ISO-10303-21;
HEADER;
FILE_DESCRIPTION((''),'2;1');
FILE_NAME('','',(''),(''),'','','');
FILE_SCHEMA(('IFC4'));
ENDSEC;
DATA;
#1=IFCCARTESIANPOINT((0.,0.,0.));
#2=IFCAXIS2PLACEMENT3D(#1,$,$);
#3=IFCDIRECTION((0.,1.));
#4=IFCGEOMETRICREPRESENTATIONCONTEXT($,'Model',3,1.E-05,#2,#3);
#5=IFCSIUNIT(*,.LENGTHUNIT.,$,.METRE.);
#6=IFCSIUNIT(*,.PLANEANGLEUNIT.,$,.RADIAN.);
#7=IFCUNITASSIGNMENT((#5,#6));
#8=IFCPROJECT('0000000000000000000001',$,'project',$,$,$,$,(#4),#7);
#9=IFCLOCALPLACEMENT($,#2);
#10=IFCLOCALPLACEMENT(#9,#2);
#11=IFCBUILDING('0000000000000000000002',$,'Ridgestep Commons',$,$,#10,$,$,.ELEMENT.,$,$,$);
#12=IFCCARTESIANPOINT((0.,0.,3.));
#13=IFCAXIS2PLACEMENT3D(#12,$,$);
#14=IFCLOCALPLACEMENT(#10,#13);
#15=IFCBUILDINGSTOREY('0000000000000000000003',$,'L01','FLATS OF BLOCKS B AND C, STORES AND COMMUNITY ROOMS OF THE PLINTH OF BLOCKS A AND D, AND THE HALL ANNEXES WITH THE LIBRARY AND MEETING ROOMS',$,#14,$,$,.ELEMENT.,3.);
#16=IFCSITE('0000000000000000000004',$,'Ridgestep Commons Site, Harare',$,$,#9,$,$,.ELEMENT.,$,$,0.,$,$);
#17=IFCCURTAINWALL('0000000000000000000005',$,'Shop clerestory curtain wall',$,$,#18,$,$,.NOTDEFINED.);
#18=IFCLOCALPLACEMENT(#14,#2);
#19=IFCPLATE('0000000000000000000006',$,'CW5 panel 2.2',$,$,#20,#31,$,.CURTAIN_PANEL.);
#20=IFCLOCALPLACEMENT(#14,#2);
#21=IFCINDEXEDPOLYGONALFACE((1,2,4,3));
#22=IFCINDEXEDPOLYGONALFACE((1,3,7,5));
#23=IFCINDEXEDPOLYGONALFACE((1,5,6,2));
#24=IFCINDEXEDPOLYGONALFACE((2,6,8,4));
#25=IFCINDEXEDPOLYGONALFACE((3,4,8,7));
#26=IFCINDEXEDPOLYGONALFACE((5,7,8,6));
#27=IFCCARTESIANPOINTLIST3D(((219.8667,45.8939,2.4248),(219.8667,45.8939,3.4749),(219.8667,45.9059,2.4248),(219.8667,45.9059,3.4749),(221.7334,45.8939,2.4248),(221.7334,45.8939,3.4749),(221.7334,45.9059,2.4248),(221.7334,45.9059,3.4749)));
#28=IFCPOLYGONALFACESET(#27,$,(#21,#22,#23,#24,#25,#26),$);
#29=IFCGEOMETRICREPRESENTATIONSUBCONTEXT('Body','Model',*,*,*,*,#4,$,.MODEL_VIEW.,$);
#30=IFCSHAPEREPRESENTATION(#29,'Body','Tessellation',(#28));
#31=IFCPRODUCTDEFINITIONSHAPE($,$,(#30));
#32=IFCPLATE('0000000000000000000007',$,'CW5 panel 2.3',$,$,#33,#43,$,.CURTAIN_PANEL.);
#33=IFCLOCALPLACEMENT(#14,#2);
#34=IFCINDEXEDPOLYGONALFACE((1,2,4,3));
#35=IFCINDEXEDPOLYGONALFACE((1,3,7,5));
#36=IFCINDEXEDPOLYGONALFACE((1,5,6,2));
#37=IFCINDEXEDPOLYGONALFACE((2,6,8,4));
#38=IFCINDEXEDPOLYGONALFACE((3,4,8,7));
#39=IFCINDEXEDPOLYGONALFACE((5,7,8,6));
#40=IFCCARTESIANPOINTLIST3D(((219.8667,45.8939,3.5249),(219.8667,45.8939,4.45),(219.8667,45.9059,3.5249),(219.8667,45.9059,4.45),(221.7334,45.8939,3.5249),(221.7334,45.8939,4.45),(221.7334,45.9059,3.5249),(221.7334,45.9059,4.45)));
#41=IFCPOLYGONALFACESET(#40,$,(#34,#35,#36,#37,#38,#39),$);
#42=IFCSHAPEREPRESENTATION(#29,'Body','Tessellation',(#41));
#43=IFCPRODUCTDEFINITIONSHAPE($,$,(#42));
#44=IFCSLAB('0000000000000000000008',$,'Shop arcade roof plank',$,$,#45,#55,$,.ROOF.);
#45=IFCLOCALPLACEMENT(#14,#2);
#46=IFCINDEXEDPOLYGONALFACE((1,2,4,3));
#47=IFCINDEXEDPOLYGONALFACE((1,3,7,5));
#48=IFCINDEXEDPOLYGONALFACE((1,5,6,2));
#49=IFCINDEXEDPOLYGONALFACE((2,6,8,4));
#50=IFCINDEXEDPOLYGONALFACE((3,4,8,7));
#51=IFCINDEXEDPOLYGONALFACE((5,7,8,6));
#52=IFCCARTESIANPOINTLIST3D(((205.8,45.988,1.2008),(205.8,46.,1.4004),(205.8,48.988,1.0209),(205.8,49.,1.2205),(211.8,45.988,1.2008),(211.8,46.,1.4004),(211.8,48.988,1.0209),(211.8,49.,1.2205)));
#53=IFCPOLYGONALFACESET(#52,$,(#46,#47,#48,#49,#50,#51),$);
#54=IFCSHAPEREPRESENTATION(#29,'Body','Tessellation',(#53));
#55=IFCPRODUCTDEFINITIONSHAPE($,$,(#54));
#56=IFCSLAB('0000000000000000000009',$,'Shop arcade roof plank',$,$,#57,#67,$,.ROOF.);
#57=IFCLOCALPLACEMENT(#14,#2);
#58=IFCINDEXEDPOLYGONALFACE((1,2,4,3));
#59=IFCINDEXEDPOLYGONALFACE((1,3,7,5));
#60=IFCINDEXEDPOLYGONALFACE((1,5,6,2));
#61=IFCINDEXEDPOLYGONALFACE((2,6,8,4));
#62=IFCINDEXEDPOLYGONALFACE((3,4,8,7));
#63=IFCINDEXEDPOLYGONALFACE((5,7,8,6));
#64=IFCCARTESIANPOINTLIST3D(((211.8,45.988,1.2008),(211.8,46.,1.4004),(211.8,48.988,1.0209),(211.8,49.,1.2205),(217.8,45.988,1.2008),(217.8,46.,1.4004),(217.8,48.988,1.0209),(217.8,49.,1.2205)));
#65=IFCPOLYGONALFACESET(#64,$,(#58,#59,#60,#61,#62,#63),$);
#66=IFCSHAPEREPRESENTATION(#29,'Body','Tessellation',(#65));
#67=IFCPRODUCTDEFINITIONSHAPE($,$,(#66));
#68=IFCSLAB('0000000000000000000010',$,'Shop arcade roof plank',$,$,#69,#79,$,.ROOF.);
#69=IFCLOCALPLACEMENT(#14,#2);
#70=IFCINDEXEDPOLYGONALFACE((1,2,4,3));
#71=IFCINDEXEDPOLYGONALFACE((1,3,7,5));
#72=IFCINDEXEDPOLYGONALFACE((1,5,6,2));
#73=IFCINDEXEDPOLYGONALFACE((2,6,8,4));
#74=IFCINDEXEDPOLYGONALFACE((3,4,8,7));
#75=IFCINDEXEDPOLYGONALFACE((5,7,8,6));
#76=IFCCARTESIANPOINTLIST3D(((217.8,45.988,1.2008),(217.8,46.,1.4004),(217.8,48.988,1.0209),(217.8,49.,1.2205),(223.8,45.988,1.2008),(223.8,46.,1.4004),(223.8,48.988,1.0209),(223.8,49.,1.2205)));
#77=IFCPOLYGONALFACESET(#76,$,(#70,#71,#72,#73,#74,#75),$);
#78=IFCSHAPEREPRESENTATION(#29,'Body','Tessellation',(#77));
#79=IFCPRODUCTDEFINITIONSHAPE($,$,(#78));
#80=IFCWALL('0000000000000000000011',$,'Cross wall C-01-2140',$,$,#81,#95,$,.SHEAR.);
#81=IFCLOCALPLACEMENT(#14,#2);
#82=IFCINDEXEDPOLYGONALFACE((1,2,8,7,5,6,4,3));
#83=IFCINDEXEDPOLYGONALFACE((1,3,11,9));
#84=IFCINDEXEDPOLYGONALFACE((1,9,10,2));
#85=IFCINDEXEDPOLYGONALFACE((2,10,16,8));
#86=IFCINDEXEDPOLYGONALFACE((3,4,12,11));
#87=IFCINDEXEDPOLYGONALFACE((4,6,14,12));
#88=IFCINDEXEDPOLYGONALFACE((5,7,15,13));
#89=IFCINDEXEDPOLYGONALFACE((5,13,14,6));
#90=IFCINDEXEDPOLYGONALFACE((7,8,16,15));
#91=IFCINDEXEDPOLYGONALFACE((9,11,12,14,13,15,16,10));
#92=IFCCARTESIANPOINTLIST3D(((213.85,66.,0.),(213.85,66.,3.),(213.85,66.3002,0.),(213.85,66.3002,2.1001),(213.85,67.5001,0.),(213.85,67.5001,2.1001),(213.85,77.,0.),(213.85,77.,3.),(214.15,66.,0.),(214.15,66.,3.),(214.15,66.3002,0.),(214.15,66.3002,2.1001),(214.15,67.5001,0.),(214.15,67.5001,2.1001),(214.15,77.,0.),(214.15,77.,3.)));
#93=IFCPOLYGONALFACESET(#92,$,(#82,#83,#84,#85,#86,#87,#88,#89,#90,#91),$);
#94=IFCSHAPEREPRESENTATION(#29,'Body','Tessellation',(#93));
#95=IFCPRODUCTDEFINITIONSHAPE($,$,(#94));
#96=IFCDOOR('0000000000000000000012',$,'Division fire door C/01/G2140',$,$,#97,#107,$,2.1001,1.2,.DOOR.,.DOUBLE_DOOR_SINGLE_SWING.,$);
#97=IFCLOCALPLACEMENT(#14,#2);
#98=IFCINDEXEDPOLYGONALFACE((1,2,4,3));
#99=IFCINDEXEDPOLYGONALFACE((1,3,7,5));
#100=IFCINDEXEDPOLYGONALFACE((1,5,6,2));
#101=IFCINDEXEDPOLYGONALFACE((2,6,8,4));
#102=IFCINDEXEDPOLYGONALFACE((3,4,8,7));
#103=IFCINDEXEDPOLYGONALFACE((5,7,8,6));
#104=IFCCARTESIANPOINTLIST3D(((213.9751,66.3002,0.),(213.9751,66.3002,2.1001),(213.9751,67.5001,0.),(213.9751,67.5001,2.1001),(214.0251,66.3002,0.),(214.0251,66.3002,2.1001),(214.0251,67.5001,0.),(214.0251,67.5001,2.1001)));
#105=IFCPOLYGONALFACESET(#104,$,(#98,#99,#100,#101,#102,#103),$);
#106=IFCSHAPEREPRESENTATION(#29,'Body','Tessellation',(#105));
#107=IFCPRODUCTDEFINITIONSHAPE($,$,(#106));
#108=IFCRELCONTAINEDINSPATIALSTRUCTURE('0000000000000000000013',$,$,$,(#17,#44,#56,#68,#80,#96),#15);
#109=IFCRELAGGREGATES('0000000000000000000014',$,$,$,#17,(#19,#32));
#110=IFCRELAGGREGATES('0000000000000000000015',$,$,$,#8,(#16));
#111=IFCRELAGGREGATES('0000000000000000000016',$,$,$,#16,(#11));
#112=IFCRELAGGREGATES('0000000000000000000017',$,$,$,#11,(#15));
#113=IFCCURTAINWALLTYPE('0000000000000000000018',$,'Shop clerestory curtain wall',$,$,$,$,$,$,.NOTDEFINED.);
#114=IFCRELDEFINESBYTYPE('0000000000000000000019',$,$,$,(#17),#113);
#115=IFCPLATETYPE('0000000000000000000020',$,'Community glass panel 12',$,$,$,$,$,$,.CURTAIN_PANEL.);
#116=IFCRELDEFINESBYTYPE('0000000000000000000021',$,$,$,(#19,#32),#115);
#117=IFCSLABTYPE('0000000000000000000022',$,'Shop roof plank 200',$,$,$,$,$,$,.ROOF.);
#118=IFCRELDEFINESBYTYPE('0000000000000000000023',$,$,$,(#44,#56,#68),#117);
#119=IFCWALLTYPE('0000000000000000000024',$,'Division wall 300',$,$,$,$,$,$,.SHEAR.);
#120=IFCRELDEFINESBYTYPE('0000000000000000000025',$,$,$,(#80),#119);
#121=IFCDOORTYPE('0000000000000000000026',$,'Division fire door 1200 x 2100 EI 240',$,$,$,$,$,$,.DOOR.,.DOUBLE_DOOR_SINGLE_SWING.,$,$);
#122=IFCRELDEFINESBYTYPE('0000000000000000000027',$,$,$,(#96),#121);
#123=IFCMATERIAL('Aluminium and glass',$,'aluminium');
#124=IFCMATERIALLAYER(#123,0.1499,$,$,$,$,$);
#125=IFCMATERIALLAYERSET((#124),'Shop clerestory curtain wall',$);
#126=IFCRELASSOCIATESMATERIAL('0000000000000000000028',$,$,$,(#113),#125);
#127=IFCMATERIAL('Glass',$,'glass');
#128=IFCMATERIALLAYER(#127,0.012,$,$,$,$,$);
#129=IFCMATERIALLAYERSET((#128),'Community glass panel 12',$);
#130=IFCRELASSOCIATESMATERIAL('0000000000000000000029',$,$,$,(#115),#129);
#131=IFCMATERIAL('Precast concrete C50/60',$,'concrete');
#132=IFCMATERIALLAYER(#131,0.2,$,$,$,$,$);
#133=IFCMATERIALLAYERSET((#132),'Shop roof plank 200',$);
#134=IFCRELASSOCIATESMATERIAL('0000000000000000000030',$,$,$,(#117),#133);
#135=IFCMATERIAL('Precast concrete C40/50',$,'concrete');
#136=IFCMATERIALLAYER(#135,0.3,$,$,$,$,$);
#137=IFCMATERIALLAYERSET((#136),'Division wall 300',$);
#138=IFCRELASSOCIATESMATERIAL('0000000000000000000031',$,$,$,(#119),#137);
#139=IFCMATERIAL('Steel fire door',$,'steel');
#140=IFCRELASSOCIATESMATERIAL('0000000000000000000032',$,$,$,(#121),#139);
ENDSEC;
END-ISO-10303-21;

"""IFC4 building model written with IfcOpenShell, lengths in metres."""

from ifc_helpers import new_model, si_unit, direction, frame, frame_2d, origin, origin_2d, place, context, subcontext, project, spatial, polyline, rectangle, outline, extrude, material, layer, layer_set, type_object, element, fill, aggregate, save


model = new_model("IFC4")

# Units and contexts
model_context = context("Model", 3, precision=1e-05, world=origin(), true_north=direction((0.0, 1.0)))
body_context = subcontext(model_context, "Body", "Model", "MODEL_VIEW")
ifc_project = project(units=[si_unit("LENGTHUNIT", "METRE"), si_unit("PLANEANGLEUNIT", "RADIAN")], contexts=[model_context])

# Site, building, storey
site_placement = place(None, origin())
site = spatial("IfcSite", under=ifc_project, at=site_placement, Name="Ridgestep Commons Site, Harare", CompositionType="ELEMENT", RefElevation=0.0)
building_placement = place(site_placement, origin())
building = spatial("IfcBuilding", under=site, at=building_placement, Name="Ridgestep Commons", CompositionType="ELEMENT")
storey_placement = place(building_placement, frame((0.0, 0.0, 3.0)))
storey = spatial("IfcBuildingStorey", under=building, at=storey_placement, Name="L01", Description="FLATS OF BLOCKS B AND C, STORES AND COMMUNITY ROOMS OF THE PLINTH OF BLOCKS A AND D, AND THE HALL ANNEXES WITH THE LIBRARY AND MEETING ROOMS", CompositionType="ELEMENT", Elevation=3.0)

# Curtain wall, plates
ifc_material_1 = material(Name="Aluminium and glass", Category="aluminium")
ifc_layer_1 = layer(ifc_material_1, 0.1499)
ifc_layer_set_1 = layer_set([ifc_layer_1], Name="Shop clerestory curtain wall")
curtain_wall_type = type_object("IfcCurtainWallType", Name="Shop clerestory curtain wall", PredefinedType="NOTDEFINED", material=ifc_layer_set_1)
curtain_wall_placement = place(storey_placement, origin())
curtain_wall = element("IfcCurtainWall", 1, at=curtain_wall_placement, inside=storey, type_object=curtain_wall_type, Name="Shop clerestory curtain wall", PredefinedType="NOTDEFINED")
ifc_material_2 = material(Name="Glass", Category="glass")
ifc_layer_2 = layer(ifc_material_2, 0.012)
ifc_layer_set_2 = layer_set([ifc_layer_2], Name="Community glass panel 12")
plate_type = type_object("IfcPlateType", Name="Community glass panel 12", PredefinedType="CURTAIN_PANEL", material=ifc_layer_set_2)
plate_1_placement = place(storey_placement, frame((220.8, 45.8999, 2.4248), z_axis=(0.0, 0.0, 1.0), x_axis=(1.0, 0.0, 0.0)))
plate_1 = element("IfcPlate", 2, at=plate_1_placement, type_object=plate_type, Name="CW5 panel 2.2", PredefinedType="CURTAIN_PANEL", context=body_context, shape_type="SweptSolid", body=[
    extrude(rectangle(XDim=1.8667, YDim=0.012, at=origin_2d()), origin(), (0.0, 0.0, 1.0), 1.05),
])
plate_2_placement = place(storey_placement, frame((220.8, 45.8999, 3.5249), z_axis=(0.0, 0.0, 1.0), x_axis=(1.0, 0.0, 0.0)))
plate_2 = element("IfcPlate", 3, at=plate_2_placement, type_object=plate_type, Name="CW5 panel 2.3", PredefinedType="CURTAIN_PANEL", context=body_context, shape_type="SweptSolid", body=[
    extrude(rectangle(XDim=1.8667, YDim=0.012, at=origin_2d()), origin(), (0.0, 0.0, 1.0), 0.925),
])
aggregate(curtain_wall, [plate_1, plate_2])

# Slabs
ifc_material_3 = material(Name="Precast concrete C50/60", Category="concrete")
ifc_layer_3 = layer(ifc_material_3, 0.2)
ifc_layer_set_3 = layer_set([ifc_layer_3], Name="Shop roof plank 200")
slab_type = type_object("IfcSlabType", Name="Shop roof plank 200", PredefinedType="ROOF", material=ifc_layer_set_3)
for number, where, z_axis, x_axis, name in (
    (4, (205.8, 46.0, 1.4004), (0.0, 0.05987, 0.998206), (1.0, 0.0, 0.0), "Shop arcade roof plank"),
    (5, (211.8, 46.0, 1.4004), (0.0, 0.05987, 0.998206), (1.0, 0.0, 0.0), "Shop arcade roof plank"),
    (6, (217.8, 46.0, 1.4004), (0.0, 0.05987, 0.998206), (1.0, 0.0, 0.0), "Shop arcade roof plank"),
):
    element("IfcSlab", number, at=place(storey_placement, frame(where, z_axis=z_axis, x_axis=x_axis)), inside=storey, type_object=slab_type, Name=name, PredefinedType="ROOF", context=body_context, shape_type="SweptSolid", body=[
        extrude(outline(polyline([(0.0, 0.0), (6.0, 0.0), (6.0, 3.0054), (0.0, 3.0054), (0.0, 0.0)])), origin(), (0.0, 0.0, -1.0), 0.2),
    ])

# Wall, opening, door
ifc_material_4 = material(Name="Precast concrete C40/50", Category="concrete")
ifc_layer_4 = layer(ifc_material_4, 0.3)
ifc_layer_set_4 = layer_set([ifc_layer_4], Name="Division wall 300")
wall_type = type_object("IfcWallType", Name="Division wall 300", PredefinedType="SHEAR", material=ifc_layer_set_4)
wall_placement = place(storey_placement, frame((214.0, 66.0, 0.0), z_axis=(0.0, 0.0, 1.0), x_axis=(0.0, 1.0, 0.0)))
wall = element("IfcWall", 7, at=wall_placement, inside=storey, type_object=wall_type, Name="Cross wall C-01-2140", PredefinedType="SHEAR", context=body_context, shape_type="SweptSolid", body=[
    extrude(rectangle(XDim=11.0, YDim=0.3, at=frame_2d((5.5, 0.0))), origin(), (0.0, 0.0, 1.0), 3.0),
])
opening_placement = place(wall_placement, frame((0.3, 0.0, 0.0)))
opening = element("IfcOpeningElement", 8, at=opening_placement, cuts=wall, PredefinedType="OPENING", context=body_context, shape_type="SweptSolid", body=[
    extrude(rectangle(XDim=1.2, YDim=2.1001, at=frame_2d((0.6001, 1.05))), frame((0.0, 0.1599, 0.0), z_axis=(0.0, -1.0, 0.0), x_axis=(1.0, 0.0, 0.0)), (0.0, 0.0, 1.0), 0.3201),
])
ifc_material_5 = material(Name="Steel fire door", Category="steel")
door_type = type_object("IfcDoorType", Name="Division fire door 1200 x 2100 EI 240", OperationType="DOUBLE_DOOR_SINGLE_SWING", PredefinedType="DOOR", material=ifc_material_5)
door_placement = place(opening_placement, origin())
door = element("IfcDoor", 9, at=door_placement, inside=storey, type_object=door_type, Name="Division fire door C/01/G2140", OperationType="DOUBLE_DOOR_SINGLE_SWING", OverallHeight=2.1001, OverallWidth=1.2, PredefinedType="DOOR", context=body_context, shape_type="SweptSolid", body=[
    extrude(rectangle(XDim=1.2, YDim=2.1001, at=frame_2d((0.6001, 1.05))), frame((0.0, 0.0249, 0.0), z_axis=(0.0, -1.0, 0.0), x_axis=(1.0, 0.0, 0.0)), (0.0, 0.0, 1.0), 0.05),
])
fill(opening, door)

save(model, "model.ifc")
